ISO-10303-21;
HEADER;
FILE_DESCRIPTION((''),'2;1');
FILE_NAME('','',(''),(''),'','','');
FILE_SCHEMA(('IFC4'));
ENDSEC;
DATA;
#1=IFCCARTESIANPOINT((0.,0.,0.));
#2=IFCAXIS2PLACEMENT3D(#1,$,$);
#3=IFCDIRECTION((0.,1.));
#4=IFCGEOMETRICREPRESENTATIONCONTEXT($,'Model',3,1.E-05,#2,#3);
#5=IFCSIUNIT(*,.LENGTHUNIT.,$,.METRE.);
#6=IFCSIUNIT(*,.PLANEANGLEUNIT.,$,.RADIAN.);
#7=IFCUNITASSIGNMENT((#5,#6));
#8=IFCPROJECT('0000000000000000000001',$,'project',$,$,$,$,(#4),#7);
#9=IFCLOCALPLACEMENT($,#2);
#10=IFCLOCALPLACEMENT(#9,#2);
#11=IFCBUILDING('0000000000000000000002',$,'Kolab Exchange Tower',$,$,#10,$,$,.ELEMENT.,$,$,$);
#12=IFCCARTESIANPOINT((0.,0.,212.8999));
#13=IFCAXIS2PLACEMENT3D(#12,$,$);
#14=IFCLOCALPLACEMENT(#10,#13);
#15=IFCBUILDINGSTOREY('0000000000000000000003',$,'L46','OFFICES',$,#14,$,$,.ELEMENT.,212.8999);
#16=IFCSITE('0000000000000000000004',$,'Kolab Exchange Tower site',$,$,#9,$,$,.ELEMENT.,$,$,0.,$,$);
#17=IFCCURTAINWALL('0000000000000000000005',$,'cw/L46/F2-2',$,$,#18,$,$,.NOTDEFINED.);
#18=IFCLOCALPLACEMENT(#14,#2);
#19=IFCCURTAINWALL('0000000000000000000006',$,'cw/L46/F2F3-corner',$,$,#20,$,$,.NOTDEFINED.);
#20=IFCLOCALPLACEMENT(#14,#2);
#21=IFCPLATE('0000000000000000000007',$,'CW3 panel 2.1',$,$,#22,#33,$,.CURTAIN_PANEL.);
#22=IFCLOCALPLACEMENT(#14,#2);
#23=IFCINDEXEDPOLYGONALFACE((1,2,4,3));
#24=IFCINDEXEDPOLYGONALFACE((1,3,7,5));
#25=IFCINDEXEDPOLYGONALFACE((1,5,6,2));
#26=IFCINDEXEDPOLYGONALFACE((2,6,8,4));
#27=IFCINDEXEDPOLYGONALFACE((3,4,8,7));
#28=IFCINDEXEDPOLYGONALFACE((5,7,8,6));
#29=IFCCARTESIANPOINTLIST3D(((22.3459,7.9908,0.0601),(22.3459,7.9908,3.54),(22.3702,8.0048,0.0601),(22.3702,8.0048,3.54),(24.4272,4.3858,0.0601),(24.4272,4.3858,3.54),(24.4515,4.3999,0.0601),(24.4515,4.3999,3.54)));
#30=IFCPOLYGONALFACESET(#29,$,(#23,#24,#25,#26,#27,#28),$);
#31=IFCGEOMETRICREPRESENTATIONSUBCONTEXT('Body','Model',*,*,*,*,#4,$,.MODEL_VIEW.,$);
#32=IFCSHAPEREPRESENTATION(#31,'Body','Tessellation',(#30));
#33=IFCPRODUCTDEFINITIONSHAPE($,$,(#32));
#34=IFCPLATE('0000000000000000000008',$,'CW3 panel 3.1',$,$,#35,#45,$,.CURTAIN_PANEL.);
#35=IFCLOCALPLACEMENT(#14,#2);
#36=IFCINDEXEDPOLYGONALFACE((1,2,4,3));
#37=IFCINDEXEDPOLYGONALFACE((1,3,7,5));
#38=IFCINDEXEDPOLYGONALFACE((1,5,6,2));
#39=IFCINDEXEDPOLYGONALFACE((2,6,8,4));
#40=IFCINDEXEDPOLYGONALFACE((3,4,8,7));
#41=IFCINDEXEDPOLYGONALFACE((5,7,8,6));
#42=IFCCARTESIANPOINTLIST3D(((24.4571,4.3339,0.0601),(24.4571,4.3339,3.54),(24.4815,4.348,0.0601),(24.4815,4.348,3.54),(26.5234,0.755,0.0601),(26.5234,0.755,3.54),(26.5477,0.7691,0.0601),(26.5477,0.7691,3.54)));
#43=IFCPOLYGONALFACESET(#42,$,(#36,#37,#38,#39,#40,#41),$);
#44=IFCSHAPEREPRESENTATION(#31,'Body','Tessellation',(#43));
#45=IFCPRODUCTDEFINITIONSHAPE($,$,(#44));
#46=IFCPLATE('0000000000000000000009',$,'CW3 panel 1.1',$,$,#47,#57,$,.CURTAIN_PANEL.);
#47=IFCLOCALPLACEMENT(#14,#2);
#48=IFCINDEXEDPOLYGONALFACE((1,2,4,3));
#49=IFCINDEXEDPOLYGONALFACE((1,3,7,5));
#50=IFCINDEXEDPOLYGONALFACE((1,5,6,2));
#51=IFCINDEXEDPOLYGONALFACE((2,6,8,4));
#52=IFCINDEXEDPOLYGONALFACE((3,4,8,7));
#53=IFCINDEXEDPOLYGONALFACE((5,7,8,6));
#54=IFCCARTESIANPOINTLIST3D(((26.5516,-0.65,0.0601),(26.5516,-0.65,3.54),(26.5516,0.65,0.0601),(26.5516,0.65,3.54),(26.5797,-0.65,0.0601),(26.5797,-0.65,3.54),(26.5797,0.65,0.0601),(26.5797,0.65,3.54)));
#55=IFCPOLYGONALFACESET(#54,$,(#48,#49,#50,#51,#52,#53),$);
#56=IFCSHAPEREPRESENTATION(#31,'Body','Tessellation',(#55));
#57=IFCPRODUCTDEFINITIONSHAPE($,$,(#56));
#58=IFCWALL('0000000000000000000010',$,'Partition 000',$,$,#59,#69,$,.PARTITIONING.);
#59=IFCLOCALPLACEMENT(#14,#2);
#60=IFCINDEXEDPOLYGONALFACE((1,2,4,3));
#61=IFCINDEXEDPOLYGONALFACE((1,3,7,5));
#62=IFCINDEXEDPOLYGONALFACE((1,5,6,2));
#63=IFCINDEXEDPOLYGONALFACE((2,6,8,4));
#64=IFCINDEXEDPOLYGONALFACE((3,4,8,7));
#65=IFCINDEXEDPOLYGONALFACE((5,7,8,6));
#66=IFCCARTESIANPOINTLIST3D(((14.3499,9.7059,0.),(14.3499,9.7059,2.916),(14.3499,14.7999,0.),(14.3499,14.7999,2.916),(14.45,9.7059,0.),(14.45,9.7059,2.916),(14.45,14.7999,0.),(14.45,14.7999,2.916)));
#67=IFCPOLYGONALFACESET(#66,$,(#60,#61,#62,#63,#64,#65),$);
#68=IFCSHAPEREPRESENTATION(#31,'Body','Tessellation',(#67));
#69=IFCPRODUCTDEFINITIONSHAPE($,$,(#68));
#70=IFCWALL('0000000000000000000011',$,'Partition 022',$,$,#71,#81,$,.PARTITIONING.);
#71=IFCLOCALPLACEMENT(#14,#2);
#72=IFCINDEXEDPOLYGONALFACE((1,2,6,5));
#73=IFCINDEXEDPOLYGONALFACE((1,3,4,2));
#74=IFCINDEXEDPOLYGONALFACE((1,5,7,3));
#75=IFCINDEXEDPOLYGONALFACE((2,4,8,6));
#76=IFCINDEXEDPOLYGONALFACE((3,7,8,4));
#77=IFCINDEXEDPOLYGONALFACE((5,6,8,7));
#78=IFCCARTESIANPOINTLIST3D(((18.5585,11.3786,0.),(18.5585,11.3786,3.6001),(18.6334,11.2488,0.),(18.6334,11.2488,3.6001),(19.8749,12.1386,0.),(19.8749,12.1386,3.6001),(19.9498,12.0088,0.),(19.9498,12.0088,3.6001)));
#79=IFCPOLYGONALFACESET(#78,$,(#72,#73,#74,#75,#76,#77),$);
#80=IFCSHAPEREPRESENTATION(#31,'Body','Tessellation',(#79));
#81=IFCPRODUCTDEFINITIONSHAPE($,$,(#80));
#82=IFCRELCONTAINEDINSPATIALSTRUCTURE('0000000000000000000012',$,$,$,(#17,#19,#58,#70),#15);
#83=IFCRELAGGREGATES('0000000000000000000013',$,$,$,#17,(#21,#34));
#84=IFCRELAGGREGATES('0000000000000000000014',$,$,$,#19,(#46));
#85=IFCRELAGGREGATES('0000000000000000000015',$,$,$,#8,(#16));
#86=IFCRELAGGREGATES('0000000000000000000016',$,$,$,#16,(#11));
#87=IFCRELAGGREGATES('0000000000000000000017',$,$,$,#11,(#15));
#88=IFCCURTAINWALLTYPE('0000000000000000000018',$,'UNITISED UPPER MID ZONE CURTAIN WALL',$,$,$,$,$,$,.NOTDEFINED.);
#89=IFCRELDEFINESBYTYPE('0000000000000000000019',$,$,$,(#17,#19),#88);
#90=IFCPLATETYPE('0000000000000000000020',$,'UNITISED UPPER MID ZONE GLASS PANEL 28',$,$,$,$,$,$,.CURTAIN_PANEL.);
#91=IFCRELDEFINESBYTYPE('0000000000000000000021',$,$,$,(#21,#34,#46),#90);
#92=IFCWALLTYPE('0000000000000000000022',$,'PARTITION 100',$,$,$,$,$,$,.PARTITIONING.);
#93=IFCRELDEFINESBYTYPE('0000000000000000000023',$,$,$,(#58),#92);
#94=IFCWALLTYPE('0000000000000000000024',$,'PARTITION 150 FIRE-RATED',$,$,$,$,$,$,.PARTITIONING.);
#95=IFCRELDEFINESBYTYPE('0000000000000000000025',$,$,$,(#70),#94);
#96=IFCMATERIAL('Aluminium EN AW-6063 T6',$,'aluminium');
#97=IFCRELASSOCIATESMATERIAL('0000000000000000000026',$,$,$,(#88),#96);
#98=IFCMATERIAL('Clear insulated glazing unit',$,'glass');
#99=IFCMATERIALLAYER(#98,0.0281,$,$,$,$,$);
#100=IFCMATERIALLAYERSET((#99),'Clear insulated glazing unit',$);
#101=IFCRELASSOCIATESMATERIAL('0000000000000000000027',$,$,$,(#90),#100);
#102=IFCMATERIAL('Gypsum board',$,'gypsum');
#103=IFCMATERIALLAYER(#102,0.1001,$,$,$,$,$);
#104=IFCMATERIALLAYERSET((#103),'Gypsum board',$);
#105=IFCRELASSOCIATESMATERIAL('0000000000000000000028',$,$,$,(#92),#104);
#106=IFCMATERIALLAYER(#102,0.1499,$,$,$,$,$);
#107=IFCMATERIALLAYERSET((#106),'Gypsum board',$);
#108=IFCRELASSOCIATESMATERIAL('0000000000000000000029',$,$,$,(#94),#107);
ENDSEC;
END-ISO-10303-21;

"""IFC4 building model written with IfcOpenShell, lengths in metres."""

from ifc_helpers import new_model, si_unit, direction, frame, frame_2d, origin, origin_2d, place, context, subcontext, project, spatial, rectangle, extrude, material, layer, layer_set, type_object, element, aggregate, save


model = new_model("IFC4")

# Units and contexts
model_context = context("Model", 3, precision=1e-05, world=origin(), true_north=direction((0.0, 1.0)))
body_context = subcontext(model_context, "Body", "Model", "MODEL_VIEW")
ifc_project = project(units=[si_unit("LENGTHUNIT", "METRE"), si_unit("PLANEANGLEUNIT", "RADIAN")], contexts=[model_context])

# Site, building, storey
site_placement = place(None, origin())
site = spatial("IfcSite", under=ifc_project, at=site_placement, Name="Kolab Exchange Tower site", CompositionType="ELEMENT", RefElevation=0.0)
building_placement = place(site_placement, origin())
building = spatial("IfcBuilding", under=site, at=building_placement, Name="Kolab Exchange Tower", CompositionType="ELEMENT")
storey_placement = place(building_placement, frame((0.0, 0.0, 212.8999)))
storey = spatial("IfcBuildingStorey", under=building, at=storey_placement, Name="L46", Description="OFFICES", CompositionType="ELEMENT", Elevation=212.8999)

# Curtain wall
ifc_material_1 = material(Name="Aluminium EN AW-6063 T6", Category="aluminium")
curtain_wall_type = type_object("IfcCurtainWallType", Name="UNITISED UPPER MID ZONE CURTAIN WALL", PredefinedType="NOTDEFINED", material=ifc_material_1)
curtain_wall_1_placement = place(storey_placement, origin())
curtain_wall_1 = element("IfcCurtainWall", 1, at=curtain_wall_1_placement, inside=storey, type_object=curtain_wall_type, Name="cw/L46/F2-2", PredefinedType="NOTDEFINED")

# Curtain wall
curtain_wall_2_placement = place(storey_placement, origin())
curtain_wall_2 = element("IfcCurtainWall", 2, at=curtain_wall_2_placement, inside=storey, type_object=curtain_wall_type, Name="cw/L46/F2F3-corner", PredefinedType="NOTDEFINED")

# Plates
ifc_material_2 = material(Name="Clear insulated glazing unit", Category="glass")
ifc_layer_1 = layer(ifc_material_2, 0.0281)
ifc_layer_set_1 = layer_set([ifc_layer_1], Name="Clear insulated glazing unit")
plate_type = type_object("IfcPlateType", Name="UNITISED UPPER MID ZONE GLASS PANEL 28", PredefinedType="CURTAIN_PANEL", material=ifc_layer_set_1)
plate_1_placement = place(storey_placement, frame((23.3987, 6.1953, 0.0601), z_axis=(0.0, 0.0, 1.0), x_axis=(0.5, -0.866025, 0.0)))
plate_1 = element("IfcPlate", 3, at=plate_1_placement, type_object=plate_type, Name="CW3 panel 2.1", PredefinedType="CURTAIN_PANEL", context=body_context, shape_type="SweptSolid", body=[
    extrude(rectangle(XDim=4.1626, YDim=0.0281, at=origin_2d()), origin(), (0.0, 0.0, 1.0), 3.48),
])
plate_2_placement = place(storey_placement, frame((25.5024, 2.5515, 0.0601), z_axis=(0.0, 0.0, 1.0), x_axis=(0.5, -0.866025, 0.0)))
plate_2 = element("IfcPlate", 4, at=plate_2_placement, type_object=plate_type, Name="CW3 panel 3.1", PredefinedType="CURTAIN_PANEL", context=body_context, shape_type="SweptSolid", body=[
    extrude(rectangle(XDim=4.1326, YDim=0.0281, at=origin_2d()), origin(), (0.0, 0.0, 1.0), 3.48),
])
aggregate(curtain_wall_1, [plate_1, plate_2])
plate_3_placement = place(storey_placement, frame((26.5657, 0.0, 0.0601), z_axis=(0.0, 0.0, 1.0), x_axis=(0.0, -1.0, 0.0)))
plate_3 = element("IfcPlate", 5, at=plate_3_placement, type_object=plate_type, Name="CW3 panel 1.1", PredefinedType="CURTAIN_PANEL", context=body_context, shape_type="SweptSolid", body=[
    extrude(rectangle(XDim=1.3, YDim=0.0281, at=origin_2d()), origin(), (0.0, 0.0, 1.0), 3.48),
])
aggregate(curtain_wall_2, [plate_3])

# Walls
ifc_material_3 = material(Name="Gypsum board", Category="gypsum")
ifc_layer_2 = layer(ifc_material_3, 0.1001)
ifc_layer_set_2 = layer_set([ifc_layer_2], Name="Gypsum board")
wall_type_1 = type_object("IfcWallType", Name="PARTITION 100", PredefinedType="PARTITIONING", material=ifc_layer_set_2)
wall_1_placement = place(storey_placement, frame((14.3999, 9.7061, 0.0), z_axis=(0.0, 0.0, 1.0), x_axis=(0.0, 1.0, 0.0)))
element("IfcWall", 6, at=wall_1_placement, inside=storey, type_object=wall_type_1, Name="Partition 000", PredefinedType="PARTITIONING", context=body_context, shape_type="SweptSolid", body=[
    extrude(rectangle(XDim=5.094, YDim=0.1001, at=frame_2d((2.5469, 0.0))), origin(), (0.0, 0.0, 1.0), 2.916),
])
ifc_layer_3 = layer(ifc_material_3, 0.1499)
ifc_layer_set_3 = layer_set([ifc_layer_3], Name="Gypsum board")
wall_type_2 = type_object("IfcWallType", Name="PARTITION 150 FIRE-RATED", PredefinedType="PARTITIONING", material=ifc_layer_set_3)
wall_2_placement = place(storey_placement, frame((18.5959, 11.3137, 0.0), z_axis=(0.0, 0.0, 1.0), x_axis=(0.86603, 0.499991, 0.0)))
element("IfcWall", 7, at=wall_2_placement, inside=storey, type_object=wall_type_2, Name="Partition 022", PredefinedType="PARTITIONING", context=body_context, shape_type="SweptSolid", body=[
    extrude(rectangle(XDim=1.52, YDim=0.1499, at=frame_2d((0.76, 0.0))), origin(), (0.0, 0.0, 1.0), 3.6001),
])

save(model, "model.ifc")
